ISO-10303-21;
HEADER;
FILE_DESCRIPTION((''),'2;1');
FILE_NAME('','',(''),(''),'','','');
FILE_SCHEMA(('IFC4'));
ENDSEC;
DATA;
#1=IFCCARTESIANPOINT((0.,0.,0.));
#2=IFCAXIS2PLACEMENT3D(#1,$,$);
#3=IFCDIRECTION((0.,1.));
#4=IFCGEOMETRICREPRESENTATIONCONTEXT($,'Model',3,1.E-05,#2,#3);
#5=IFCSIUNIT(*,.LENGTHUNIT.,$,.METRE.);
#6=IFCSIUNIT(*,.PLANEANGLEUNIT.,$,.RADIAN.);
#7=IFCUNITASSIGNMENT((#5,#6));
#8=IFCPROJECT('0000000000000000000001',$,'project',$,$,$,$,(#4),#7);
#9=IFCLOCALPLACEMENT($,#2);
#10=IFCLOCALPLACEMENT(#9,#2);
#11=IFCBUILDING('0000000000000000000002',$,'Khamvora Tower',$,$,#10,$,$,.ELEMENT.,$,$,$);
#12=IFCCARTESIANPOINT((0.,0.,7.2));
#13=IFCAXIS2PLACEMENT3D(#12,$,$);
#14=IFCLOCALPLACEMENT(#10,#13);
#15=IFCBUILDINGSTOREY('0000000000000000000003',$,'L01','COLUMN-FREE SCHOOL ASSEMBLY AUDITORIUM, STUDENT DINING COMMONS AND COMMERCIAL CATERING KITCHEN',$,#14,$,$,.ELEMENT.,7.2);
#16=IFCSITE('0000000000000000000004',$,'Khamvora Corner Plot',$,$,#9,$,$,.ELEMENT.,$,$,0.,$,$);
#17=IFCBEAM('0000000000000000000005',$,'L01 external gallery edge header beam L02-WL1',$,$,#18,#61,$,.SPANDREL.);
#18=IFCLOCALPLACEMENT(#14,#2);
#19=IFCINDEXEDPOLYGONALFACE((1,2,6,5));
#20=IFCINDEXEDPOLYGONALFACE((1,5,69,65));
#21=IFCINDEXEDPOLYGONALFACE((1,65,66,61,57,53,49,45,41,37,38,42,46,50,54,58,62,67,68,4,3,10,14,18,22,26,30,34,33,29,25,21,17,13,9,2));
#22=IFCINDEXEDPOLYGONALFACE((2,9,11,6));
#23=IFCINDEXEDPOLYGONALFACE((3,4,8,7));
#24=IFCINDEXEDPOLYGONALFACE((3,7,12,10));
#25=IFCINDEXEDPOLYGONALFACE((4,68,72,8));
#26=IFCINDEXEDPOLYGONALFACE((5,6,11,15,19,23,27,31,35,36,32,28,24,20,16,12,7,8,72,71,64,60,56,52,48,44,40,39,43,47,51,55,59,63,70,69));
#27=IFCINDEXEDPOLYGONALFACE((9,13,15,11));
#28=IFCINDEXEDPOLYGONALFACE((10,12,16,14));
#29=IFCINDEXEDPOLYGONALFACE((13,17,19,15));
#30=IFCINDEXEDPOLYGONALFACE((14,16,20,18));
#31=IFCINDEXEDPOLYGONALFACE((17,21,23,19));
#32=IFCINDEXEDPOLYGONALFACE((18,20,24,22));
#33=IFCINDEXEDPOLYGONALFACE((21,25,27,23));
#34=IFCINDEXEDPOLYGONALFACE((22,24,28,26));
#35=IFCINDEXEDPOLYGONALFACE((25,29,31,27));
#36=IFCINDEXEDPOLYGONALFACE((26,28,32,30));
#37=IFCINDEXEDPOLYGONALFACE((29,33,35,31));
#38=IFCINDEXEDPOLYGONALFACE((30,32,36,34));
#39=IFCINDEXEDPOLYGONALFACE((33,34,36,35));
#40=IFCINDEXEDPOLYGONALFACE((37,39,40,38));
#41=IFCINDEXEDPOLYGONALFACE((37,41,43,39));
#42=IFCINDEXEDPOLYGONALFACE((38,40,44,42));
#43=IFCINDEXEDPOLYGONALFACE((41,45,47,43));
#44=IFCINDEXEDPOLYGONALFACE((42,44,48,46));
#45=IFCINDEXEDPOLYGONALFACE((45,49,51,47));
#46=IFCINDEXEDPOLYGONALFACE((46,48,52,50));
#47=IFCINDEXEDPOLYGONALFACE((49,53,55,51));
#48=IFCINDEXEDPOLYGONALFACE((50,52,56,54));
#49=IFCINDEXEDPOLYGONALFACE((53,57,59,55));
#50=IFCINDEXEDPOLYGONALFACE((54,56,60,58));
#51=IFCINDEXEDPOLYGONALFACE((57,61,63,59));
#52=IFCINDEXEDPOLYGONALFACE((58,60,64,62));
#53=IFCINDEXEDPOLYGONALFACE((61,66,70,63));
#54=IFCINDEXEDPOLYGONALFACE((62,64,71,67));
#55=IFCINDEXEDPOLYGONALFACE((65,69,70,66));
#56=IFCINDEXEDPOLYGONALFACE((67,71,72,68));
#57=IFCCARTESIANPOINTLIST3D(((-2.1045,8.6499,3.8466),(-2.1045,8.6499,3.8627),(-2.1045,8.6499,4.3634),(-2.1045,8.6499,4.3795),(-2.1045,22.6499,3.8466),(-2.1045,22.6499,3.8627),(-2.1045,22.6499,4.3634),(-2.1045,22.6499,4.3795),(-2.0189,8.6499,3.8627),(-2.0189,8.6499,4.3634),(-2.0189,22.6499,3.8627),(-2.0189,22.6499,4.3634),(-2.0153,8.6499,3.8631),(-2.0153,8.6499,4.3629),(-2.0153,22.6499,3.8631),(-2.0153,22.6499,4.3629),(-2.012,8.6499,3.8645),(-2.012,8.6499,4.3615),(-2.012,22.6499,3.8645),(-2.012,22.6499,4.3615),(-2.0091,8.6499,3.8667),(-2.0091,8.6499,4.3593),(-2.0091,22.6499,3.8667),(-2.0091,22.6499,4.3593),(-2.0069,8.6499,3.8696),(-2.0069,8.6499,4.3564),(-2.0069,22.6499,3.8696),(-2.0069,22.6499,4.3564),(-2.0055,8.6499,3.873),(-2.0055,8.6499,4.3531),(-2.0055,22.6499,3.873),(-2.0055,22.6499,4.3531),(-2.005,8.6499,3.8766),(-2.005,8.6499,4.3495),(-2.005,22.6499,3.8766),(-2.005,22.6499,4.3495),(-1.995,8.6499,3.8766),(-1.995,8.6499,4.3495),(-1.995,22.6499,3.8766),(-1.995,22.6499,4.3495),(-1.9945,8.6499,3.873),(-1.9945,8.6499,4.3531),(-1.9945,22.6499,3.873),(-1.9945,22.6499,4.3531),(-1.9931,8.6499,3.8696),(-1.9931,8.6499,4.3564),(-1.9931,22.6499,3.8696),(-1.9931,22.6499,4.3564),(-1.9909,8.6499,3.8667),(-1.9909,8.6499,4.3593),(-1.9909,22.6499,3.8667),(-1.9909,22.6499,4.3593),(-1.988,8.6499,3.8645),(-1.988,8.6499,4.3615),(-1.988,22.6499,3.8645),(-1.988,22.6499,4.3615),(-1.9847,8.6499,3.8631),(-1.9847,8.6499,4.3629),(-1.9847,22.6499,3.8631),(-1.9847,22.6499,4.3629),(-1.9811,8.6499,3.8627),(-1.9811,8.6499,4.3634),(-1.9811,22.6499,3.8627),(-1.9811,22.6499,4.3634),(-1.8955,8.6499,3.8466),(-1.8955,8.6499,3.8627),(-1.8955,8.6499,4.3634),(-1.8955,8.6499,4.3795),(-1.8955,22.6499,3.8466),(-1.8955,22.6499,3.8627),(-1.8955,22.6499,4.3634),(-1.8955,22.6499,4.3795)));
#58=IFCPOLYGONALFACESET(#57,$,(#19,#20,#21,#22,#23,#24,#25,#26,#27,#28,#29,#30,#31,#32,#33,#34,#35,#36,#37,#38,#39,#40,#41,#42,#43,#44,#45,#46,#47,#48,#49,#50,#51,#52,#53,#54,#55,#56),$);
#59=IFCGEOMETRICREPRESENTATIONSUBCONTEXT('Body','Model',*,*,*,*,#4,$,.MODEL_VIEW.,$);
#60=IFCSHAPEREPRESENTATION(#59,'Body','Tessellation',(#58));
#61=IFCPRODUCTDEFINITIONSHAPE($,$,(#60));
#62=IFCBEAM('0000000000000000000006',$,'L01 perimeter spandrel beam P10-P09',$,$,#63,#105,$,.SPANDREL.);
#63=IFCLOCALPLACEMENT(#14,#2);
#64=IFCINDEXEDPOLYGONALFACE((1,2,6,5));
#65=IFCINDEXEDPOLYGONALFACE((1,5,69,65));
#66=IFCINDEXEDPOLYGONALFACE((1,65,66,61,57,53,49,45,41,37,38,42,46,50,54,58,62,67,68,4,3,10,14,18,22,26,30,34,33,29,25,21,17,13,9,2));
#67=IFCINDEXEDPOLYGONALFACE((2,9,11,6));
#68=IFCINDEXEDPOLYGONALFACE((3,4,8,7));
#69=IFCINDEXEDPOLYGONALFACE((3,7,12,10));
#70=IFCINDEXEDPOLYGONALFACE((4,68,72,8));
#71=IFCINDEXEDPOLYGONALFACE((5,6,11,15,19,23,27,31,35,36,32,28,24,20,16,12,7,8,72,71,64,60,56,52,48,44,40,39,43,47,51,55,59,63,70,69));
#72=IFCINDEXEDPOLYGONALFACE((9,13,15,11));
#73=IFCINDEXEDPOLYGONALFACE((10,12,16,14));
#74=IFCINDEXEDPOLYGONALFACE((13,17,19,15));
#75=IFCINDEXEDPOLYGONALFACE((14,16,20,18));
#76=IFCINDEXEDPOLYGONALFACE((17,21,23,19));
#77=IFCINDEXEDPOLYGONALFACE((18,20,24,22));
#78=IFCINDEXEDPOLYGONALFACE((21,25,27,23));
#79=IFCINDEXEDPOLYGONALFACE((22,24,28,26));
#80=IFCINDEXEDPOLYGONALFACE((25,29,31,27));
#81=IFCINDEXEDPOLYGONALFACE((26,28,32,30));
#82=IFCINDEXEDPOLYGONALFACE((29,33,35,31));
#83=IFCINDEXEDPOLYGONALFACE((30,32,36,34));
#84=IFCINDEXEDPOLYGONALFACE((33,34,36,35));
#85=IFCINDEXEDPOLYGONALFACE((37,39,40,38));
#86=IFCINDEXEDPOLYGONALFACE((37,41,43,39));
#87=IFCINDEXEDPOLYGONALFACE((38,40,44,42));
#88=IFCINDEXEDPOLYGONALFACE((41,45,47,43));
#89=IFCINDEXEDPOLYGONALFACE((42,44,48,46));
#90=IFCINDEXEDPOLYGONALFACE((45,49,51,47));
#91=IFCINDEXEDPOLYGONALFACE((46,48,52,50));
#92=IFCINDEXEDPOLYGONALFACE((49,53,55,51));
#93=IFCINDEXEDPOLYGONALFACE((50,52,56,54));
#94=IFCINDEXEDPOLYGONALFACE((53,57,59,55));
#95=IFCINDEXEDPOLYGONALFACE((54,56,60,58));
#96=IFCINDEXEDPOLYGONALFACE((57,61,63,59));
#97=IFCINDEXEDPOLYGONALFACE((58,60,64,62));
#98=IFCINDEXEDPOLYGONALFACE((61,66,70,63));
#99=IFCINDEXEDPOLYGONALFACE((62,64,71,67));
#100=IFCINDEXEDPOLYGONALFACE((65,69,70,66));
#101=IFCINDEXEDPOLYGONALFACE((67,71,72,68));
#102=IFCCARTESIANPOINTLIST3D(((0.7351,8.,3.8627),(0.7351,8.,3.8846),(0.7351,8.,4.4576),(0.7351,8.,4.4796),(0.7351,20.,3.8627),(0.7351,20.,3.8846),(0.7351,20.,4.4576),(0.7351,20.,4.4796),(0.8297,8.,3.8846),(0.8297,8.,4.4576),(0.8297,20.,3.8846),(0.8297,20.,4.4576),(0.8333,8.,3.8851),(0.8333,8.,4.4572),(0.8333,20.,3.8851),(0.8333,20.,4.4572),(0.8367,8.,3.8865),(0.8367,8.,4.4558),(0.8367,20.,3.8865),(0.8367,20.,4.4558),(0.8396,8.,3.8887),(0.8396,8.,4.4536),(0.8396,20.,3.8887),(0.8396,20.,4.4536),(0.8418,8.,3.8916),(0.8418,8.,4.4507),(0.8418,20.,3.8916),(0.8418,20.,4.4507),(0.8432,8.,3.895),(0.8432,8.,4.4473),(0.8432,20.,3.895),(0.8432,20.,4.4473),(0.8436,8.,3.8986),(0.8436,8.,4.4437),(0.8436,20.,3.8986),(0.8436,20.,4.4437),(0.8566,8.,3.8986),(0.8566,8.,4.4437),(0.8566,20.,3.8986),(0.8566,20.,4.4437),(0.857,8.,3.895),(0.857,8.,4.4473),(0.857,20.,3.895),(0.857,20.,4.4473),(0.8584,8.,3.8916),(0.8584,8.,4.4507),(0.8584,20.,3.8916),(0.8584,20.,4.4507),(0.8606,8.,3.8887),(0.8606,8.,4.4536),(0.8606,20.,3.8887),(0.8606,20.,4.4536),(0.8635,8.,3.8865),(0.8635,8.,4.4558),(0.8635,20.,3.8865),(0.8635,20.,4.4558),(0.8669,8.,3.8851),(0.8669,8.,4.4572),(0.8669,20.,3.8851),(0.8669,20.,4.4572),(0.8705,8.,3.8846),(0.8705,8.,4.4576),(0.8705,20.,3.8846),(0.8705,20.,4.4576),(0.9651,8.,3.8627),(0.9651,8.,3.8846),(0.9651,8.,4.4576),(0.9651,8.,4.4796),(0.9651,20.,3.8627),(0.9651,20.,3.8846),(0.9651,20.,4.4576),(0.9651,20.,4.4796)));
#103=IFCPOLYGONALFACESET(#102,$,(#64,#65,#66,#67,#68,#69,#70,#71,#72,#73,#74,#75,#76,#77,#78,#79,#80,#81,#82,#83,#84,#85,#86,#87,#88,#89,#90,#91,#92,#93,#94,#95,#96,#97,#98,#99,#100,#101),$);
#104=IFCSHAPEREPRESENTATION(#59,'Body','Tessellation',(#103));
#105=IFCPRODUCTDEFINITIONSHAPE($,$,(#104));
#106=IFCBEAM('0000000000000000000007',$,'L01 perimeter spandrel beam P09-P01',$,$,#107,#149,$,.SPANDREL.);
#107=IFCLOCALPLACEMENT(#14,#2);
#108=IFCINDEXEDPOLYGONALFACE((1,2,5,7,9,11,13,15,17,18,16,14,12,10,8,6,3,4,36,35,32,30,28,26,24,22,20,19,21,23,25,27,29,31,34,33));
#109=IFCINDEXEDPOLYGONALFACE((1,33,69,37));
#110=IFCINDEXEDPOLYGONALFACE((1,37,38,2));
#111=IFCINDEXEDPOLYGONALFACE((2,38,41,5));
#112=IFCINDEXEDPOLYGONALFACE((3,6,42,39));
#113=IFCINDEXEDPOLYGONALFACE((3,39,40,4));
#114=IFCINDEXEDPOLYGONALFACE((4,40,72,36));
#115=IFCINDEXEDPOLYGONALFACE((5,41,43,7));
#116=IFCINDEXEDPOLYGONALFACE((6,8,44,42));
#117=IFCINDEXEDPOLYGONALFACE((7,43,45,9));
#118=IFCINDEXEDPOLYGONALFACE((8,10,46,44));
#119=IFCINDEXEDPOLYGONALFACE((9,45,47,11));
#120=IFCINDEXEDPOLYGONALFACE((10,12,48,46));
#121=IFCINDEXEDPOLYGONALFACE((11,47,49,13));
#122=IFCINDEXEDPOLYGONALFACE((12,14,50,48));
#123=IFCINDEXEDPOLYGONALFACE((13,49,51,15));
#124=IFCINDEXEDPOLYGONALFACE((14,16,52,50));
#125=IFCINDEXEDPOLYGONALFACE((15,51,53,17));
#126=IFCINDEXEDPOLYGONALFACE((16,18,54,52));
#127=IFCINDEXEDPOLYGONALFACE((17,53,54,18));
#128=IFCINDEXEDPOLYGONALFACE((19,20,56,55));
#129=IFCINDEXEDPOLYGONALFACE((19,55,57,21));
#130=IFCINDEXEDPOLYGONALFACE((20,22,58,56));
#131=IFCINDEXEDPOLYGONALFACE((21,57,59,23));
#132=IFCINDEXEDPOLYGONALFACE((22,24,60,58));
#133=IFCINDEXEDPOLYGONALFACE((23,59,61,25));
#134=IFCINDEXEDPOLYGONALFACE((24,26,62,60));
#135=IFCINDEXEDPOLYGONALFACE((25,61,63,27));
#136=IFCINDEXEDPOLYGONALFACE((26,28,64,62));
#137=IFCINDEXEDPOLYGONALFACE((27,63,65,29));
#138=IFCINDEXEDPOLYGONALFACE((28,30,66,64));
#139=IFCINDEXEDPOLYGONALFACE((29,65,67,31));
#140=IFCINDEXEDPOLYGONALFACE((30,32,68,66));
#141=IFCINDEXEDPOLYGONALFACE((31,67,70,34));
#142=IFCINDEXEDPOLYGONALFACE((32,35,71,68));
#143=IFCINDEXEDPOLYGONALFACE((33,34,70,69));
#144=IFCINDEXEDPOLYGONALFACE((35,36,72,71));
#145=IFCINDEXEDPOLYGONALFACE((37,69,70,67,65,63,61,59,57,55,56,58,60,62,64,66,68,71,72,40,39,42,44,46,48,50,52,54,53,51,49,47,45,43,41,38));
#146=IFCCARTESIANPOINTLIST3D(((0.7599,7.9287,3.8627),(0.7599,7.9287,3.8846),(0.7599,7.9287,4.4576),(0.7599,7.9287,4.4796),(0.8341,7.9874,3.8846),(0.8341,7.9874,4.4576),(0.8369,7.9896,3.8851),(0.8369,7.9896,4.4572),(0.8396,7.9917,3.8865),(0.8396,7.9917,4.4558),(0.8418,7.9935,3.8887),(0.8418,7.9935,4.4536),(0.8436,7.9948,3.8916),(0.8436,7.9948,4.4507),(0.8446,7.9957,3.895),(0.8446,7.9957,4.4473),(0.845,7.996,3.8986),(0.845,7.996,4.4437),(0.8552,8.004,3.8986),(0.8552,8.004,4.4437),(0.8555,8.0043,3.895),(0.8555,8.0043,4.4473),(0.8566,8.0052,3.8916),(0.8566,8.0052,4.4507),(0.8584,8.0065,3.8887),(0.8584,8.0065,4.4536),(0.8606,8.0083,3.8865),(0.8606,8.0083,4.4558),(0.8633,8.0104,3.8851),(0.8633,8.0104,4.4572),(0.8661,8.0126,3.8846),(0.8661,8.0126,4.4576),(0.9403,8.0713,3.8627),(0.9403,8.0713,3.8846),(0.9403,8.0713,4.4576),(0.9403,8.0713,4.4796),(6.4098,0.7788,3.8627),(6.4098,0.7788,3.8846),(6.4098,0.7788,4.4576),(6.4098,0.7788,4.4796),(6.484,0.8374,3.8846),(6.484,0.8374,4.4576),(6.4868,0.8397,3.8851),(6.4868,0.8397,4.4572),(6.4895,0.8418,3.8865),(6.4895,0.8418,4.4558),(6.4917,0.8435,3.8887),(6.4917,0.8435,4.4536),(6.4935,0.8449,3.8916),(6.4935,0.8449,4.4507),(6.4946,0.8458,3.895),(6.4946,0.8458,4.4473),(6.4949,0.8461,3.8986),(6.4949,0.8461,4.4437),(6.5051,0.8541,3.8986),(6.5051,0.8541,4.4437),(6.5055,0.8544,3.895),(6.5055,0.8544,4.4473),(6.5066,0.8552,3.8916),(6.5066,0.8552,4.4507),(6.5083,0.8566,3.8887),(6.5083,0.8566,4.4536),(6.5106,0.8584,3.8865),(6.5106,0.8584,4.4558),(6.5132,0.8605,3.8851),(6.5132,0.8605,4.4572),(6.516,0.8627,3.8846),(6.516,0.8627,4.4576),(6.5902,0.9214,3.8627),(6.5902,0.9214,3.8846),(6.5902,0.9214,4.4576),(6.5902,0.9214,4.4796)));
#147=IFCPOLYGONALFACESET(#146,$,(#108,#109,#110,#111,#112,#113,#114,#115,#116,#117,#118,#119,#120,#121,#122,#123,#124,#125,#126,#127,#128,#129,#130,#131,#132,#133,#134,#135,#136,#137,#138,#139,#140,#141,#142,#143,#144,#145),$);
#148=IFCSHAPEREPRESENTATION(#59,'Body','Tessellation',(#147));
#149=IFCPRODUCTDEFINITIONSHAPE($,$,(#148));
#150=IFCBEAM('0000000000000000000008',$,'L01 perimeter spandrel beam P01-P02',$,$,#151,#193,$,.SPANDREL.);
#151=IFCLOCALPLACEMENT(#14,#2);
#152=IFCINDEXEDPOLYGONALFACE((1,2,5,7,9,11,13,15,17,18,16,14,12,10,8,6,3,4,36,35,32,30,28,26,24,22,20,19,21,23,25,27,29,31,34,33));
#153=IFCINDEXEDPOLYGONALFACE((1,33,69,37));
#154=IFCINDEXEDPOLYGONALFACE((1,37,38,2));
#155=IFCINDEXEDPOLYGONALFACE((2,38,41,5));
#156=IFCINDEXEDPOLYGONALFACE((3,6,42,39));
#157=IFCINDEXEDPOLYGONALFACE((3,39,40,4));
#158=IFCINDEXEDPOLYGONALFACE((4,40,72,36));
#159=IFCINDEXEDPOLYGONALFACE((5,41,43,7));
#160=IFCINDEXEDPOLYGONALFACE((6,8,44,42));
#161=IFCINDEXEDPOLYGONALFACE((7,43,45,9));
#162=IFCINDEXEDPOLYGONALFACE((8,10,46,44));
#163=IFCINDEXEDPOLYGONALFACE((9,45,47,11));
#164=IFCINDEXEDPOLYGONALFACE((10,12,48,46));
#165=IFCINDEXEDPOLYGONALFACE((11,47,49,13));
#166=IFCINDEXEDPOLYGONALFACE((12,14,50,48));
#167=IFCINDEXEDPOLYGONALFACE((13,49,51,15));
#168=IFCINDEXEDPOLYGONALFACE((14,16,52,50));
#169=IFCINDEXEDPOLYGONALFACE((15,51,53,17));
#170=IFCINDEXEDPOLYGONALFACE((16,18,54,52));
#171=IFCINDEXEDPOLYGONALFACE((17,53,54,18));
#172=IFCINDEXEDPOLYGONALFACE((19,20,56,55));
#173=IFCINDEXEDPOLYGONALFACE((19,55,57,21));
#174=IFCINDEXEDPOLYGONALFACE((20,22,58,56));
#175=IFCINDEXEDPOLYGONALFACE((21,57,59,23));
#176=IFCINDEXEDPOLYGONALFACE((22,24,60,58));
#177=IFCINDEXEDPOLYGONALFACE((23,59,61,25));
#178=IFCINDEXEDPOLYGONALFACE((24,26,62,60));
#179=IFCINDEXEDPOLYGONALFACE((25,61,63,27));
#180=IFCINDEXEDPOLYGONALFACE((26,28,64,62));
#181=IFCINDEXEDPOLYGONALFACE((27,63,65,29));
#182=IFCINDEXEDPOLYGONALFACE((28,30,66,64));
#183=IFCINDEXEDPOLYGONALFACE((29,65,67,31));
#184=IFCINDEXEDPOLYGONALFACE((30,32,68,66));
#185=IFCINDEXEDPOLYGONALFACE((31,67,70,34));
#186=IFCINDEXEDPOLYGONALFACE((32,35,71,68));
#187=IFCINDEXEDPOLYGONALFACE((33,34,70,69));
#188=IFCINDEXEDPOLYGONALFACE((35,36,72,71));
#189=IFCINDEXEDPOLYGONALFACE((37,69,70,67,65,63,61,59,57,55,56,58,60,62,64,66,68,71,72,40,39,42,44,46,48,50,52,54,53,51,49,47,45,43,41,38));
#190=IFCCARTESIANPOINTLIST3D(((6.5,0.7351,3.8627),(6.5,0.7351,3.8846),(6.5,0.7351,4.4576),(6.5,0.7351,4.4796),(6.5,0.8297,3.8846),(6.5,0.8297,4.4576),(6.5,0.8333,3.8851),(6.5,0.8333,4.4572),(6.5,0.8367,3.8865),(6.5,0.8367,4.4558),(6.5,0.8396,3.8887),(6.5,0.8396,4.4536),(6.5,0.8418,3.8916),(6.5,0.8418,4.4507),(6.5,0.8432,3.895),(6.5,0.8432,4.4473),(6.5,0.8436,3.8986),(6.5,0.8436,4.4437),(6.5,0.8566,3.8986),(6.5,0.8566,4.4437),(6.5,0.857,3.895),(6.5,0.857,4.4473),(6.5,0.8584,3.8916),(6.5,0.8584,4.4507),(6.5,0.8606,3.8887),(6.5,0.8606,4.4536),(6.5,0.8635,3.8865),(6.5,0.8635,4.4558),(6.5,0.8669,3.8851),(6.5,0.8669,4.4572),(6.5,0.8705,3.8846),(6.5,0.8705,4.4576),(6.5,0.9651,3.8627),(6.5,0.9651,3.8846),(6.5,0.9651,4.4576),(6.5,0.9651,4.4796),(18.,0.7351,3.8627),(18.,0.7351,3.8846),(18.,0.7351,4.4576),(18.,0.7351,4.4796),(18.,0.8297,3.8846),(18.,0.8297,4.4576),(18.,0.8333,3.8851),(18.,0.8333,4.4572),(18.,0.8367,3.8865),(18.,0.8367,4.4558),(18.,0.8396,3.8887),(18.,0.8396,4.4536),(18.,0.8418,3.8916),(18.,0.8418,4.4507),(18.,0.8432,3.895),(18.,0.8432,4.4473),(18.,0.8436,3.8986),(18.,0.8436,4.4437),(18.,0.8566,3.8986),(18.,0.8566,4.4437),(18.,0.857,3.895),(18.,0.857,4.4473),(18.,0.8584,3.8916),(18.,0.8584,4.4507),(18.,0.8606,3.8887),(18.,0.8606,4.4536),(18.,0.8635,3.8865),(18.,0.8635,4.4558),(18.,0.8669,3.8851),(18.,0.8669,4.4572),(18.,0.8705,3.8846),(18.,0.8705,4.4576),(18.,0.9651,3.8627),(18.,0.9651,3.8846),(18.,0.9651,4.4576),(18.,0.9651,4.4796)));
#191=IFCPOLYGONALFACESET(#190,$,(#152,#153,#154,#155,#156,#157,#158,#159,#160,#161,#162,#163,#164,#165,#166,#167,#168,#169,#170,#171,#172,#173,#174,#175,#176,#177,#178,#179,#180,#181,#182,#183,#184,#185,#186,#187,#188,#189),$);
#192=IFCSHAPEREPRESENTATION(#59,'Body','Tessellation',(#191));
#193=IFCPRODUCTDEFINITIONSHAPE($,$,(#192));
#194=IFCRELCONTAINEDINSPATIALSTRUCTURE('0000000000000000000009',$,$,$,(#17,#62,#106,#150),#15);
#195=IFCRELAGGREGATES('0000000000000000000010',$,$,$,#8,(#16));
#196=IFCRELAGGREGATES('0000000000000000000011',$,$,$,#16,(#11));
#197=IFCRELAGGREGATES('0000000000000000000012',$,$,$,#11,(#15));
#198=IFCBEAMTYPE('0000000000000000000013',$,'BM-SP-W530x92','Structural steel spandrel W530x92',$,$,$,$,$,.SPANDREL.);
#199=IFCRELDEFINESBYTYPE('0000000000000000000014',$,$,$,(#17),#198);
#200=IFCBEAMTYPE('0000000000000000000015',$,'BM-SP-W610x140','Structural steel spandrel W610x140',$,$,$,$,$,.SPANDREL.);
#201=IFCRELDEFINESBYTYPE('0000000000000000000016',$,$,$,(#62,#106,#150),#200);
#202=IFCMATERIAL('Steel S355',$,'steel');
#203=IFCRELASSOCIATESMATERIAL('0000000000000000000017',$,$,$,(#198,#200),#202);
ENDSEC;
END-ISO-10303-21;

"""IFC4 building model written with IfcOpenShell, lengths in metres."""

from ifc_helpers import new_model, si_unit, direction, frame, origin, origin_2d, place, context, subcontext, project, spatial, i_section, extrude, material, material_profile, profile_set, type_object, element, save


model = new_model("IFC4")

# Units and contexts
model_context = context("Model", 3, precision=1e-05, world=origin(), true_north=direction((0.0, 1.0)))
body_context = subcontext(model_context, "Body", "Model", "MODEL_VIEW")
ifc_project = project(units=[si_unit("LENGTHUNIT", "METRE"), si_unit("PLANEANGLEUNIT", "RADIAN")], contexts=[model_context])

# Site, building, storey
site_placement = place(None, origin())
site = spatial("IfcSite", under=ifc_project, at=site_placement, Name="Khamvora Corner Plot", CompositionType="ELEMENT", RefElevation=0.0)
building_placement = place(site_placement, origin())
building = spatial("IfcBuilding", under=site, at=building_placement, Name="Khamvora Tower", CompositionType="ELEMENT")
storey_placement = place(building_placement, frame((0.0, 0.0, 7.2)))
storey = spatial("IfcBuildingStorey", under=building, at=storey_placement, Name="L01", Description="COLUMN-FREE SCHOOL ASSEMBLY AUDITORIUM, STUDENT DINING COMMONS AND COMMERCIAL CATERING KITCHEN", CompositionType="ELEMENT", Elevation=7.2)

# Beams
ifc_material_1 = material(Name="Steel S355", Category="steel")
ifc_material_profile_1 = material_profile(ifc_material_1, i_section(OverallWidth=0.209, OverallDepth=0.533, WebThickness=0.01, FlangeThickness=0.0161, FilletRadius=0.0139, at=origin_2d()), Name="W530x92")
ifc_profile_set_1 = profile_set([ifc_material_profile_1], Name="Steel S355")
beam_type_1 = type_object("IfcBeamType", Name="BM-SP-W530x92", Description="Structural steel spandrel W530x92", PredefinedType="SPANDREL", material=ifc_profile_set_1)
beam_1_placement = place(storey_placement, frame((-2.0, 8.6499, 4.113), z_axis=(0.0, 1.0, 0.0), x_axis=(-1.0, 0.0, 0.0)))
element("IfcBeam", 1, at=beam_1_placement, inside=storey, type_object=beam_type_1, Name="L01 external gallery edge header beam L02-WL1", PredefinedType="SPANDREL", context=body_context, shape_type="SweptSolid", body=[
    extrude(i_section(OverallWidth=0.209, OverallDepth=0.533, WebThickness=0.01, FlangeThickness=0.0161, FilletRadius=0.0139, at=origin_2d()), origin(), (0.0, 0.0, 1.0), 14.0),
])
ifc_material_profile_2 = material_profile(ifc_material_1, i_section(OverallWidth=0.23, OverallDepth=0.6169, WebThickness=0.0129, FlangeThickness=0.022, FilletRadius=0.0139, at=origin_2d()), Name="W610x140")
ifc_profile_set_2 = profile_set([ifc_material_profile_2], Name="Steel S355")
beam_type_2 = type_object("IfcBeamType", Name="BM-SP-W610x140", Description="Structural steel spandrel W610x140", PredefinedType="SPANDREL", material=ifc_profile_set_2)
beam_2_placement = place(storey_placement, frame((0.8501, 20.0, 4.1711), z_axis=(0.0, -1.0, 0.0), x_axis=(1.0, 0.0, 0.0)))
element("IfcBeam", 2, at=beam_2_placement, inside=storey, type_object=beam_type_2, Name="L01 perimeter spandrel beam P10-P09", PredefinedType="SPANDREL", context=body_context, shape_type="SweptSolid", body=[
    extrude(i_section(OverallWidth=0.23, OverallDepth=0.6169, WebThickness=0.0129, FlangeThickness=0.022, FilletRadius=0.0139, at=origin_2d()), origin(), (0.0, 0.0, 1.0), 12.0),
])
beam_3_placement = place(storey_placement, frame((0.8501, 8.0, 4.1711), z_axis=(0.619999, -0.784603, 0.0), x_axis=(0.784603, 0.619999, 0.0)))
element("IfcBeam", 3, at=beam_3_placement, inside=storey, type_object=beam_type_2, Name="L01 perimeter spandrel beam P09-P01", PredefinedType="SPANDREL", context=body_context, shape_type="SweptSolid", body=[
    extrude(i_section(OverallWidth=0.23, OverallDepth=0.6169, WebThickness=0.0129, FlangeThickness=0.022, FilletRadius=0.0139, at=origin_2d()), origin(), (0.0, 0.0, 1.0), 9.1128),
])
beam_4_placement = place(storey_placement, frame((6.5, 0.8501, 4.1711), z_axis=(1.0, 0.0, 0.0), x_axis=(0.0, 1.0, 0.0)))
element("IfcBeam", 4, at=beam_4_placement, inside=storey, type_object=beam_type_2, Name="L01 perimeter spandrel beam P01-P02", PredefinedType="SPANDREL", context=body_context, shape_type="SweptSolid", body=[
    extrude(i_section(OverallWidth=0.23, OverallDepth=0.6169, WebThickness=0.0129, FlangeThickness=0.022, FilletRadius=0.0139, at=origin_2d()), origin(), (0.0, 0.0, 1.0), 11.5),
])

save(model, "model.ifc")
